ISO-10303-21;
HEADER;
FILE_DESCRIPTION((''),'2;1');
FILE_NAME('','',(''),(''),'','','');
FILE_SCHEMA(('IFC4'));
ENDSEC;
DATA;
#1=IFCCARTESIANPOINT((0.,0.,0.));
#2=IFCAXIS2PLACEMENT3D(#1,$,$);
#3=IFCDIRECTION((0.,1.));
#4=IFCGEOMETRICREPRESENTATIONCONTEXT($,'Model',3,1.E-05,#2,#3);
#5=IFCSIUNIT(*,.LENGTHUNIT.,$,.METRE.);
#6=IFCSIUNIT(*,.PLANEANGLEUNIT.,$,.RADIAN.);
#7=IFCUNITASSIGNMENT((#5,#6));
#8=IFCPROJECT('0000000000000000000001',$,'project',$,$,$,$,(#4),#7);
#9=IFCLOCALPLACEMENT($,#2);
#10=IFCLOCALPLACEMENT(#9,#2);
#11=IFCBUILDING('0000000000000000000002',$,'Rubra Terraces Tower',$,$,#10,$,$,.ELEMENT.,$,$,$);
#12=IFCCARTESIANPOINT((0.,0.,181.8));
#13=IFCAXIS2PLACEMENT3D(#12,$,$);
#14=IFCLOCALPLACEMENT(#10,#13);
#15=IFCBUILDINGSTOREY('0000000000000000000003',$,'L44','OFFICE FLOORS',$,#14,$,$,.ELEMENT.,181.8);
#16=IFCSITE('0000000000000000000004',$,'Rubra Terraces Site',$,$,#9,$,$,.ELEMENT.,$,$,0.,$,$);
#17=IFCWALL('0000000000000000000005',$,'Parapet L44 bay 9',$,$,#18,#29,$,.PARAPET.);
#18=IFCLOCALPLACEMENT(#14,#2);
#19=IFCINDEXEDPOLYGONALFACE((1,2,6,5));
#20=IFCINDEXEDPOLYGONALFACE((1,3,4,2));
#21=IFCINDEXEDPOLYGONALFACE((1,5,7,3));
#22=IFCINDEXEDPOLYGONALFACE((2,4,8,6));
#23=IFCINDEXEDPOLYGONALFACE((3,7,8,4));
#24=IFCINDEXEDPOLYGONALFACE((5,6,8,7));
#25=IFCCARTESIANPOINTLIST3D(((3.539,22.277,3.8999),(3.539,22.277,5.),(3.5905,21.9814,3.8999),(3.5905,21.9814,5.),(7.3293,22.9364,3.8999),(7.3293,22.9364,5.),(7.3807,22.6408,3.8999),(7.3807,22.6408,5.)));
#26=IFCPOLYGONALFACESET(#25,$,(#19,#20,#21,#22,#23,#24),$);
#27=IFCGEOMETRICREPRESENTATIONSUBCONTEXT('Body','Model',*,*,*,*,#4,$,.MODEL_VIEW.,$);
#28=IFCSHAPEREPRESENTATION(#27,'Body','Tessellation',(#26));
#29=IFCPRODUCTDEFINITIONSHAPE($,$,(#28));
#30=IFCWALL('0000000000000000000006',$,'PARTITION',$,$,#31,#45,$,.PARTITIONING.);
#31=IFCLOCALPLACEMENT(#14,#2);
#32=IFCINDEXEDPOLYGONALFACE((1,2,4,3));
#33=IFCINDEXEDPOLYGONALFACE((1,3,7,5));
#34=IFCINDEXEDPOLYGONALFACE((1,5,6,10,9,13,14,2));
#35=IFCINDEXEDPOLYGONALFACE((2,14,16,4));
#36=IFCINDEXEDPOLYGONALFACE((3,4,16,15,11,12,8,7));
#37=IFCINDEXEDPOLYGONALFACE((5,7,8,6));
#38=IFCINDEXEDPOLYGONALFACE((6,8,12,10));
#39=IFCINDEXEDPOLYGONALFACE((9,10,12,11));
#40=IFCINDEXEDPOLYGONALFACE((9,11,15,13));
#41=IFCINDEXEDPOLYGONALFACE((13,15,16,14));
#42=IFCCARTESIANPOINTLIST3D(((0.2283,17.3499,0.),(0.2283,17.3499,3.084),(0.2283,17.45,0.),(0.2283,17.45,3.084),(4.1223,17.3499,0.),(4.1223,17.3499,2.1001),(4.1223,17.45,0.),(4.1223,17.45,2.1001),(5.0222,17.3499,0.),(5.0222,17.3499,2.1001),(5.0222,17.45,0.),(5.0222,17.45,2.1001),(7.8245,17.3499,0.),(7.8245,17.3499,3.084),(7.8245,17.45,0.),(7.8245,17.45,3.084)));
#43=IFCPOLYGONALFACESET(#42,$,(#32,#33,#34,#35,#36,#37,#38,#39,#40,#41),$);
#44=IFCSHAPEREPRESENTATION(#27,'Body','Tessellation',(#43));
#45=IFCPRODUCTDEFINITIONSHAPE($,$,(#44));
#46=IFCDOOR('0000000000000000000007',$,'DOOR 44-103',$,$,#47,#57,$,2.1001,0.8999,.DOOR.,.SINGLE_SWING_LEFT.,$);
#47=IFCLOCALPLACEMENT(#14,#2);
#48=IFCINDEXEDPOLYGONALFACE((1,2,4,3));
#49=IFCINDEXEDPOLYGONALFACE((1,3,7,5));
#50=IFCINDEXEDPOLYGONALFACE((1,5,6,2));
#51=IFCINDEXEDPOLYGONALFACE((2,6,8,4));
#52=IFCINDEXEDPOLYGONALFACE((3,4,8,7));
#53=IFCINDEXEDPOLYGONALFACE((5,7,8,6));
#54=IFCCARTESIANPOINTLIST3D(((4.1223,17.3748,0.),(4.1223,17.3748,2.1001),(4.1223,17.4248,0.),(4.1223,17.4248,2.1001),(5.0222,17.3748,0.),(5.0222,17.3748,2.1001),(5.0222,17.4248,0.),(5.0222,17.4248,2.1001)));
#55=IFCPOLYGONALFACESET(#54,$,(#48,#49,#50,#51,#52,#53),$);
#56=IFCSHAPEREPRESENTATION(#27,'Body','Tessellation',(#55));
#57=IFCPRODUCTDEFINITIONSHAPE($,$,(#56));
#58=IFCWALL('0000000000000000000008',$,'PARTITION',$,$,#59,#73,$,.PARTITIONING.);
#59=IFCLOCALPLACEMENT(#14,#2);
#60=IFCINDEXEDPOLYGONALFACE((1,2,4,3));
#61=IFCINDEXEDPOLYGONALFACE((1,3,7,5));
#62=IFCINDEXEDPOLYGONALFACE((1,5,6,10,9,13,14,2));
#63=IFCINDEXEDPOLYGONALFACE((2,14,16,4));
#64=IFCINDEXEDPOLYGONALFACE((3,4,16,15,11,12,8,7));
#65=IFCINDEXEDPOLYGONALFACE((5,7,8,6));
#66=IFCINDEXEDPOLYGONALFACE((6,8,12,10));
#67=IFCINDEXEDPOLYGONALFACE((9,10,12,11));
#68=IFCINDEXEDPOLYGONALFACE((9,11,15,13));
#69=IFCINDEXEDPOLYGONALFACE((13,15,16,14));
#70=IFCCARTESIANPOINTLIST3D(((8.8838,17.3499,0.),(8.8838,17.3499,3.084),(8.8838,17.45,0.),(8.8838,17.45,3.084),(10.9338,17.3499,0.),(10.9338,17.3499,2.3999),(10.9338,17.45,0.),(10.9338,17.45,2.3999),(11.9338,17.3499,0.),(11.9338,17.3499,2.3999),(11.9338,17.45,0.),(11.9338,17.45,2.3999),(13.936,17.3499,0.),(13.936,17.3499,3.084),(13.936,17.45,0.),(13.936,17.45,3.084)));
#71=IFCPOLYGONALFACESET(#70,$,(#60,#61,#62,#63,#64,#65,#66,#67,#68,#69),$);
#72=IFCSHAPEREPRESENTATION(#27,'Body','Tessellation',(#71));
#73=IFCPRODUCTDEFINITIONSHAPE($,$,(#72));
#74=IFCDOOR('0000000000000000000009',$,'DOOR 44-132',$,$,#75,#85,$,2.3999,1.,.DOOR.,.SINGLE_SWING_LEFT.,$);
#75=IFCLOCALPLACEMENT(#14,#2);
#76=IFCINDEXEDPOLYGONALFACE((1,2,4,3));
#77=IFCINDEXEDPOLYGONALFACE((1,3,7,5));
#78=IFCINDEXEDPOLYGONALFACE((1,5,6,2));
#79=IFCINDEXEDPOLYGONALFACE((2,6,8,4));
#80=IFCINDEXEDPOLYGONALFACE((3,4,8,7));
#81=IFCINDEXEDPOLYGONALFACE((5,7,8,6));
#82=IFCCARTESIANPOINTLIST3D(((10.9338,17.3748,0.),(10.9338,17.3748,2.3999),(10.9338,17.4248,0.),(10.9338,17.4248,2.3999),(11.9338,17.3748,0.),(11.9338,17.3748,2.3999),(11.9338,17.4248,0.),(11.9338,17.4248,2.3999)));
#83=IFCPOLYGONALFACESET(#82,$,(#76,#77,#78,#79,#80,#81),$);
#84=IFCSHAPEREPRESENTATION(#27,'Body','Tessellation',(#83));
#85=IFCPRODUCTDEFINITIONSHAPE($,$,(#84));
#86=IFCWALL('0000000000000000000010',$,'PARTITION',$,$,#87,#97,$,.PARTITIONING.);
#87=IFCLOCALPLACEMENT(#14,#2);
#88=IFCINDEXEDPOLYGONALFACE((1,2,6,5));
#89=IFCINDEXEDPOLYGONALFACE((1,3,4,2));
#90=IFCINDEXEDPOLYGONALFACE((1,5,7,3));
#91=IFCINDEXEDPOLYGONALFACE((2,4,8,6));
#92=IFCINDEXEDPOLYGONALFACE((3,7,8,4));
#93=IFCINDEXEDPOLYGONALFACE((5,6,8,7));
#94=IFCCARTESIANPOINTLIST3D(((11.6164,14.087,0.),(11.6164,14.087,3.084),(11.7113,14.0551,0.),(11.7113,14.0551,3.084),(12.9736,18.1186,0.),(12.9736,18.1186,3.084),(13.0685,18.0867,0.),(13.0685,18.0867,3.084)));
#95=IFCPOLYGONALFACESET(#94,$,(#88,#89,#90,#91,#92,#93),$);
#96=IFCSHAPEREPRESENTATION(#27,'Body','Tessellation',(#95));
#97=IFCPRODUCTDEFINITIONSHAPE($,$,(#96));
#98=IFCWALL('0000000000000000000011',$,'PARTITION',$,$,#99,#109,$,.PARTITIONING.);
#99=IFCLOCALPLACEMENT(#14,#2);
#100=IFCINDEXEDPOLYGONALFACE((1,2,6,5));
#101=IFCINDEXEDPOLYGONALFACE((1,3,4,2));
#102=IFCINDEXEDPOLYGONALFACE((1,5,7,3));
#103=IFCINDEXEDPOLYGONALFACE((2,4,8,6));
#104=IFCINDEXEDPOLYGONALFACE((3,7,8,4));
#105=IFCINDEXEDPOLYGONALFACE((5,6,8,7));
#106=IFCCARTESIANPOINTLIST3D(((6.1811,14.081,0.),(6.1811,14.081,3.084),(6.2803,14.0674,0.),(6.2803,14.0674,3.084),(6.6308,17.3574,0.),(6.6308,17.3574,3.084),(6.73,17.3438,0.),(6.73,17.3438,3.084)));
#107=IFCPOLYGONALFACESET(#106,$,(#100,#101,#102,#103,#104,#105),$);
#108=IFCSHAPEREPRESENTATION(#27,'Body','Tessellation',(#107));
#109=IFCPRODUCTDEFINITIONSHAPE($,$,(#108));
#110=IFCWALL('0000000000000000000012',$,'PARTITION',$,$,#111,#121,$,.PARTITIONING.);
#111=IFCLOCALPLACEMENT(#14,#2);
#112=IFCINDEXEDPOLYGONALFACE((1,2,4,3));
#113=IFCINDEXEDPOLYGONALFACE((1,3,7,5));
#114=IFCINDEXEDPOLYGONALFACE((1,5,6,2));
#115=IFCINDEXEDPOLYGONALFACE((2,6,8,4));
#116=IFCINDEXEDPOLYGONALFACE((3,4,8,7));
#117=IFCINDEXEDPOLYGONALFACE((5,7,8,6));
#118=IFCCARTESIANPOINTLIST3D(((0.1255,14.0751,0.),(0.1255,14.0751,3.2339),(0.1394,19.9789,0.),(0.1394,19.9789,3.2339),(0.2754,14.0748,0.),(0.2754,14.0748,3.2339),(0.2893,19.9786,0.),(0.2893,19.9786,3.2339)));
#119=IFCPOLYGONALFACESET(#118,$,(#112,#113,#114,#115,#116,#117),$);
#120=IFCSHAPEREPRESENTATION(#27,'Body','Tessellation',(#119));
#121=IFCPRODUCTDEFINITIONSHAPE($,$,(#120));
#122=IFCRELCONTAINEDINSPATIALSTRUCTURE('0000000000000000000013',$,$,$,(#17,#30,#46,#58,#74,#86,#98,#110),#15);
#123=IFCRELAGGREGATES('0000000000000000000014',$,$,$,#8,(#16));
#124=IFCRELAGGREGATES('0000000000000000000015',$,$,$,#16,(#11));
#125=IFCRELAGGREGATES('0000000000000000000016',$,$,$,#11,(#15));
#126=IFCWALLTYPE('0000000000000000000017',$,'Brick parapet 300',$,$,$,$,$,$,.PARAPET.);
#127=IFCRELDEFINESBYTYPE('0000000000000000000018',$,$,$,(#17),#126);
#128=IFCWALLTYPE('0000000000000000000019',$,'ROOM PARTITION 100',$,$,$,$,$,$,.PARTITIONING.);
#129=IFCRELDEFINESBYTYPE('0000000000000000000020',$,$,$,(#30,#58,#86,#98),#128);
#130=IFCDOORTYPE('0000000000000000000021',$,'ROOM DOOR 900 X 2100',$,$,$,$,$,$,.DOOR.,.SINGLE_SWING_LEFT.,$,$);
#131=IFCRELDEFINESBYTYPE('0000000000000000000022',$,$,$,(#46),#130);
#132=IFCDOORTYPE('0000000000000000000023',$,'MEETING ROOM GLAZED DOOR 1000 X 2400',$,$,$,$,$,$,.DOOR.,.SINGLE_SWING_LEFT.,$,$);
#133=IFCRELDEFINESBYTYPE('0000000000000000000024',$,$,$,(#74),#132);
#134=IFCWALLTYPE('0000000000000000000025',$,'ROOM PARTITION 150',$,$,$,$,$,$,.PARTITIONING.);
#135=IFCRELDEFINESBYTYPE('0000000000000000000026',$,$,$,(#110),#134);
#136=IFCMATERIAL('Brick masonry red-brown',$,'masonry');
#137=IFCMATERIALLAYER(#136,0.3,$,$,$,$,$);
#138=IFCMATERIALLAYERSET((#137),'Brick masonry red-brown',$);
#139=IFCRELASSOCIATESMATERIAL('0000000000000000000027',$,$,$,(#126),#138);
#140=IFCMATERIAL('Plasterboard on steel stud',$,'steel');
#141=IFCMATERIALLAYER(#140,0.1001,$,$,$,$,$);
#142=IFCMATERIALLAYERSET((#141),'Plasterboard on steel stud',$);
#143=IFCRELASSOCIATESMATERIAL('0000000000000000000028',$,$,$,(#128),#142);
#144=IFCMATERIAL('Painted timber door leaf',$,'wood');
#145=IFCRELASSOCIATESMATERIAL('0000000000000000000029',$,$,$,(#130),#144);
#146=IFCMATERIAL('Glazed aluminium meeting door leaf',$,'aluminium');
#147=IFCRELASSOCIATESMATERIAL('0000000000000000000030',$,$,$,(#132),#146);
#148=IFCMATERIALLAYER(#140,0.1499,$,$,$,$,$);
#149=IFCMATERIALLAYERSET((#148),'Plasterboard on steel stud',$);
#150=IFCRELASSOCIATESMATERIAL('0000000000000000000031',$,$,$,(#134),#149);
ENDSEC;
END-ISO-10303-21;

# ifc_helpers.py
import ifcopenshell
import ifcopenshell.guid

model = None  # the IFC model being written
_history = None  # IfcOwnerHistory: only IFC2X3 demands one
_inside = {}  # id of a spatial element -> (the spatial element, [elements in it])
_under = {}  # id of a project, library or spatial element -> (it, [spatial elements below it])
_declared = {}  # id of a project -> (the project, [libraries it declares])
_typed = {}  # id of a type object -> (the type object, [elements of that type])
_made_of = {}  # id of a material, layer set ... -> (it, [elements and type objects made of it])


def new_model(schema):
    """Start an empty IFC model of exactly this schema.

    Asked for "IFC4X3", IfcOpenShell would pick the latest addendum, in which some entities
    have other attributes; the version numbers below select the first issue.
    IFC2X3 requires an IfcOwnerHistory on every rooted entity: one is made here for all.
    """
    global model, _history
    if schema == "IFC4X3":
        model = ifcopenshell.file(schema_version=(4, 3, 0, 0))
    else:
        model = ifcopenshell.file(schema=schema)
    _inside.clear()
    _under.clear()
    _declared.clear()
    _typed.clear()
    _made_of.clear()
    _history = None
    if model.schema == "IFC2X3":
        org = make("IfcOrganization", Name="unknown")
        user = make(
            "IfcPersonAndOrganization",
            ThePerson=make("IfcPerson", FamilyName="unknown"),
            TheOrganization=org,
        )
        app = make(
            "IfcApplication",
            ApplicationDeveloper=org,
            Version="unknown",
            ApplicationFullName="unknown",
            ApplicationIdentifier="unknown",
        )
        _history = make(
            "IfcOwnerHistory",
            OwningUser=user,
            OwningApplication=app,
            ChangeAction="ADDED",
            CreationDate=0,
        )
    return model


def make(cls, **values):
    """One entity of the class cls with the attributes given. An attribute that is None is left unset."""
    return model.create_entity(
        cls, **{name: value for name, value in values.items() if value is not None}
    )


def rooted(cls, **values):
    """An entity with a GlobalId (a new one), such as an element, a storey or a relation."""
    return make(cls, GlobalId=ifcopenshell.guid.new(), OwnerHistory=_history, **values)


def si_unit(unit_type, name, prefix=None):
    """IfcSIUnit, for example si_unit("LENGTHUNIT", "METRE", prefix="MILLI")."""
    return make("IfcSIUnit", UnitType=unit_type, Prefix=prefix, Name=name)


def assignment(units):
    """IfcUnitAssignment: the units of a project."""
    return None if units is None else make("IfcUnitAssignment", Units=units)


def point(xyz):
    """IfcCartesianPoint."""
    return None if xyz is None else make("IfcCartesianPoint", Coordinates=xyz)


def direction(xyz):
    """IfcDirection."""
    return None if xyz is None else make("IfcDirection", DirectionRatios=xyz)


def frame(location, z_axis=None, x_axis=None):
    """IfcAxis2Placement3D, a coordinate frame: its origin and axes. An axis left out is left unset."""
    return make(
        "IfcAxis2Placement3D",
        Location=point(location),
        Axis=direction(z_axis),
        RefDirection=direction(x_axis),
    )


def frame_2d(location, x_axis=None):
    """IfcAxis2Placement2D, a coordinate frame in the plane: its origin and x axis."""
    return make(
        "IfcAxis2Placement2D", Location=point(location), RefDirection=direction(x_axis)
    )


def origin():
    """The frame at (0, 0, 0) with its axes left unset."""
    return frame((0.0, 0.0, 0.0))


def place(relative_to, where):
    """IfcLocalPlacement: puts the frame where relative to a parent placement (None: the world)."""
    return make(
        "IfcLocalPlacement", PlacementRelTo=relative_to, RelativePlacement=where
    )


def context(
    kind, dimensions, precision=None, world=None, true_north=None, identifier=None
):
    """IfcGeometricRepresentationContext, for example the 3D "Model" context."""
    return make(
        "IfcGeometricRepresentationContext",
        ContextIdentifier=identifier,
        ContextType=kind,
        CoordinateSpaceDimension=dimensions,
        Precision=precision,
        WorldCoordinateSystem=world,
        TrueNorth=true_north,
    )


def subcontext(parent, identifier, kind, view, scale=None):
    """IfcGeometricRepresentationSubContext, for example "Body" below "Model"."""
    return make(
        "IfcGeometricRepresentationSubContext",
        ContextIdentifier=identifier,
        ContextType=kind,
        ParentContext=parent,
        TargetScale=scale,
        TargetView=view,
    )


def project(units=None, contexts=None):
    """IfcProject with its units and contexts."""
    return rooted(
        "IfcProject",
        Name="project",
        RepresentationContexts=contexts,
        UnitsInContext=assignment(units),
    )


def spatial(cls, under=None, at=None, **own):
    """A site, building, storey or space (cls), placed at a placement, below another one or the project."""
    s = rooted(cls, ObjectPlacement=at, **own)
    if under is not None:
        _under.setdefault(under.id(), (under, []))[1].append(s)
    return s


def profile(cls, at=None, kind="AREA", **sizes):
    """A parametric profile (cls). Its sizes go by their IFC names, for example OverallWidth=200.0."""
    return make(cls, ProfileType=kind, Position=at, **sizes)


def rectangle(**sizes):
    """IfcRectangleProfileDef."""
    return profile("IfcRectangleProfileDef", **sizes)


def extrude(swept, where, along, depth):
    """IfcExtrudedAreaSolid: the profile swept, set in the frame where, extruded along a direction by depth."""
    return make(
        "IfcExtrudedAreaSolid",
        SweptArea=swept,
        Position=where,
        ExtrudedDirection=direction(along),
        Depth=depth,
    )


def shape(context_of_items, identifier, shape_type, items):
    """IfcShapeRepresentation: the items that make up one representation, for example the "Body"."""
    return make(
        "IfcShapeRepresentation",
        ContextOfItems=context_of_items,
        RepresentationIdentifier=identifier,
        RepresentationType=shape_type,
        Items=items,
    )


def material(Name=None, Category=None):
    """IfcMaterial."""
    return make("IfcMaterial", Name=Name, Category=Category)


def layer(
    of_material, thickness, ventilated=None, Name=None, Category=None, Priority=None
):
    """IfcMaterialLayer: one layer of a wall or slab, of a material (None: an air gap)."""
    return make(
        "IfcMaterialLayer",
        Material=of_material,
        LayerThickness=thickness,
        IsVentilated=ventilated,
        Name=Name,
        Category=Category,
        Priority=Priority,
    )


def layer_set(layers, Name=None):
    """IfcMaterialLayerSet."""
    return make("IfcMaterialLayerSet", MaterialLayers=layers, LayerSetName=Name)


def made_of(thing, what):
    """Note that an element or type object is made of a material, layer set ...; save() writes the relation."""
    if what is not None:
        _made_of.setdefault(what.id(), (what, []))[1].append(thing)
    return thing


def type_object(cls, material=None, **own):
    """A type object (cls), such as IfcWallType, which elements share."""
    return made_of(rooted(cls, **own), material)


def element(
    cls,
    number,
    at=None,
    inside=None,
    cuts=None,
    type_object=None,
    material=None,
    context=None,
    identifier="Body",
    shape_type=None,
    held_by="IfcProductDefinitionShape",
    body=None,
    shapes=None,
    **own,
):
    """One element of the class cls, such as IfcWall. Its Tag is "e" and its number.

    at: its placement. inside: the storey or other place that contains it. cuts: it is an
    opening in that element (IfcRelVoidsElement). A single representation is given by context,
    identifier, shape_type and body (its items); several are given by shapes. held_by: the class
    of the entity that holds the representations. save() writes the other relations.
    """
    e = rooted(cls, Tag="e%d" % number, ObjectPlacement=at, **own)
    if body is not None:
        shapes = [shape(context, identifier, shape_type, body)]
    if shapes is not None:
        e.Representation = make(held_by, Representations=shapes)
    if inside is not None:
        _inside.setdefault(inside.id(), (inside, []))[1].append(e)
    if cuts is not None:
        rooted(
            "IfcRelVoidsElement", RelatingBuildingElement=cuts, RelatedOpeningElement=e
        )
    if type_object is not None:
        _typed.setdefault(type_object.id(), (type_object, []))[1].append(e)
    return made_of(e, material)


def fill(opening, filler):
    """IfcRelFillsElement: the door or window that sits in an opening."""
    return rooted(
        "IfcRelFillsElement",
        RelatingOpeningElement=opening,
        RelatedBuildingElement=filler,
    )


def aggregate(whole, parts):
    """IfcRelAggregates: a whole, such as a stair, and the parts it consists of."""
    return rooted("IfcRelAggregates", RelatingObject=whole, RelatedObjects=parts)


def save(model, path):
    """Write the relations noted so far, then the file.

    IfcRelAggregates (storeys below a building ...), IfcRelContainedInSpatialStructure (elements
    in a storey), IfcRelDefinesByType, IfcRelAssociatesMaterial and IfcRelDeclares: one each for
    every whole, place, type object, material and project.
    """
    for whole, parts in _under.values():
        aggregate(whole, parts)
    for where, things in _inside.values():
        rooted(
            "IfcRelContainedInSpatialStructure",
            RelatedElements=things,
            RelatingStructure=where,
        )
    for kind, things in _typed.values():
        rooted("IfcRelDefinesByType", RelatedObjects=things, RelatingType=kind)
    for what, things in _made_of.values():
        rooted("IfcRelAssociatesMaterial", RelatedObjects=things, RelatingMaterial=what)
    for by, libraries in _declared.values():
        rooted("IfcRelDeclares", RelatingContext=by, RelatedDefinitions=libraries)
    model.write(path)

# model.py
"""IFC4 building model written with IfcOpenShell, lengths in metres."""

from ifc_helpers import new_model, si_unit, direction, frame, frame_2d, origin, place, context, subcontext, project, spatial, rectangle, extrude, material, layer, layer_set, type_object, element, fill, save


model = new_model("IFC4")

# Units and contexts
model_context = context("Model", 3, precision=1e-05, world=origin(), true_north=direction((0.0, 1.0)))
body_context = subcontext(model_context, "Body", "Model", "MODEL_VIEW")
ifc_project = project(units=[si_unit("LENGTHUNIT", "METRE"), si_unit("PLANEANGLEUNIT", "RADIAN")], contexts=[model_context])

# Site, building, storey
site_placement = place(None, origin())
site = spatial("IfcSite", under=ifc_project, at=site_placement, Name="Rubra Terraces Site", CompositionType="ELEMENT", RefElevation=0.0)
building_placement = place(site_placement, origin())
building = spatial("IfcBuilding", under=site, at=building_placement, Name="Rubra Terraces Tower", CompositionType="ELEMENT")
storey_placement = place(building_placement, frame((0.0, 0.0, 181.8)))
storey = spatial("IfcBuildingStorey", under=building, at=storey_placement, Name="L44", Description="OFFICE FLOORS", CompositionType="ELEMENT", Elevation=181.8)

# Shared definitions
ifc_material_1 = material(Name="Brick masonry red-brown", Category="masonry")

# Wall
ifc_layer_1 = layer(ifc_material_1, 0.3)
ifc_layer_set_1 = layer_set([ifc_layer_1], Name="Brick masonry red-brown")
wall_type_1 = type_object("IfcWallType", Name="Brick parapet 300", PredefinedType="PARAPET", material=ifc_layer_set_1)
wall_1_placement = place(storey_placement, frame((7.355, 22.7886, 3.8999), z_axis=(0.0, 0.0, 1.0), x_axis=(-0.985201, -0.171403, 0.0)))
element("IfcWall", 1, at=wall_1_placement, inside=storey, type_object=wall_type_1, Name="Parapet L44 bay 9", PredefinedType="PARAPET", context=body_context, shape_type="SweptSolid", body=[
    extrude(rectangle(XDim=3.8472, YDim=0.3, at=frame_2d((1.9236, 0.0))), origin(), (0.0, 0.0, 1.0), 1.1001),
])

# Walls, openings, doors
ifc_material_2 = material(Name="Plasterboard on steel stud", Category="steel")
ifc_layer_2 = layer(ifc_material_2, 0.1001)
ifc_layer_set_2 = layer_set([ifc_layer_2], Name="Plasterboard on steel stud")
wall_type_2 = type_object("IfcWallType", Name="ROOM PARTITION 100", PredefinedType="PARTITIONING", material=ifc_layer_set_2)
wall_2_placement = place(storey_placement, frame((0.2283, 17.3999, 0.0), z_axis=(0.0, 0.0, 1.0), x_axis=(1.0, 0.0, 0.0)))
wall_2 = element("IfcWall", 2, at=wall_2_placement, inside=storey, type_object=wall_type_2, Name="PARTITION", PredefinedType="PARTITIONING", context=body_context, shape_type="SweptSolid", body=[
    extrude(rectangle(XDim=7.5962, YDim=0.1001, at=frame_2d((3.7981, 0.0))), origin(), (0.0, 0.0, 1.0), 3.084),
])
opening_1_placement = place(wall_2_placement, frame((3.894, 0.0, 0.0)))
opening_1 = element("IfcOpeningElement", 3, at=opening_1_placement, cuts=wall_2, PredefinedType="OPENING", context=body_context, shape_type="SweptSolid", body=[
    extrude(rectangle(XDim=0.8999, YDim=2.1001, at=frame_2d((0.45, 1.05))), frame((0.0, 0.0601, 0.0), z_axis=(0.0, -1.0, 0.0), x_axis=(1.0, 0.0, 0.0)), (0.0, 0.0, 1.0), 0.1201),
])
ifc_material_3 = material(Name="Painted timber door leaf", Category="wood")
door_type_1 = type_object("IfcDoorType", Name="ROOM DOOR 900 X 2100", OperationType="SINGLE_SWING_LEFT", PredefinedType="DOOR", material=ifc_material_3)
door_1_placement = place(opening_1_placement, origin())
door_1 = element("IfcDoor", 4, at=door_1_placement, inside=storey, type_object=door_type_1, Name="DOOR 44-103", OperationType="SINGLE_SWING_LEFT", OverallHeight=2.1001, OverallWidth=0.8999, PredefinedType="DOOR", context=body_context, shape_type="SweptSolid", body=[
    extrude(rectangle(XDim=0.8999, YDim=2.1001, at=frame_2d((0.45, 1.05))), frame((0.0, 0.0249, 0.0), z_axis=(0.0, -1.0, 0.0), x_axis=(1.0, 0.0, 0.0)), (0.0, 0.0, 1.0), 0.05),
])
fill(opening_1, door_1)
wall_3_placement = place(storey_placement, frame((8.8838, 17.3999, 0.0), z_axis=(0.0, 0.0, 1.0), x_axis=(1.0, 0.0, 0.0)))
wall_3 = element("IfcWall", 5, at=wall_3_placement, inside=storey, type_object=wall_type_2, Name="PARTITION", PredefinedType="PARTITIONING", context=body_context, shape_type="SweptSolid", body=[
    extrude(rectangle(XDim=5.0522, YDim=0.1001, at=frame_2d((2.5261, 0.0))), origin(), (0.0, 0.0, 1.0), 3.084),
])
opening_2_placement = place(wall_3_placement, frame((2.05, 0.0, 0.0)))
opening_2 = element("IfcOpeningElement", 6, at=opening_2_placement, cuts=wall_3, PredefinedType="OPENING", context=body_context, shape_type="SweptSolid", body=[
    extrude(rectangle(XDim=1.0, YDim=2.3999, at=frame_2d((0.5, 1.2))), frame((0.0, 0.0601, 0.0), z_axis=(0.0, -1.0, 0.0), x_axis=(1.0, 0.0, 0.0)), (0.0, 0.0, 1.0), 0.1201),
])
ifc_material_4 = material(Name="Glazed aluminium meeting door leaf", Category="aluminium")
door_type_2 = type_object("IfcDoorType", Name="MEETING ROOM GLAZED DOOR 1000 X 2400", OperationType="SINGLE_SWING_LEFT", PredefinedType="DOOR", material=ifc_material_4)
door_2_placement = place(opening_2_placement, origin())
door_2 = element("IfcDoor", 7, at=door_2_placement, inside=storey, type_object=door_type_2, Name="DOOR 44-132", OperationType="SINGLE_SWING_LEFT", OverallHeight=2.3999, OverallWidth=1.0, PredefinedType="DOOR", context=body_context, shape_type="SweptSolid", body=[
    extrude(rectangle(XDim=1.0, YDim=2.3999, at=frame_2d((0.5, 1.2))), frame((0.0, 0.0249, 0.0), z_axis=(0.0, -1.0, 0.0), x_axis=(1.0, 0.0, 0.0)), (0.0, 0.0, 1.0), 0.05),
])
fill(opening_2, door_2)

# Walls
wall_4_placement = place(storey_placement, frame((11.6638, 14.071, 0.0), z_axis=(0.0, 0.0, 1.0), x_axis=(0.31905, 0.947738, 0.0)))
element("IfcWall", 8, at=wall_4_placement, inside=storey, type_object=wall_type_2, Name="PARTITION", PredefinedType="PARTITIONING", context=body_context, shape_type="SweptSolid", body=[
    extrude(rectangle(XDim=4.2539, YDim=0.1001, at=frame_2d((2.127, 0.0))), origin(), (0.0, 0.0, 1.0), 3.084),
])
wall_5_placement = place(storey_placement, frame((6.2307, 14.0742, 0.0), z_axis=(0.0, 0.0, 1.0), x_axis=(0.135983, 0.990711, 0.0)))
element("IfcWall", 9, at=wall_5_placement, inside=storey, type_object=wall_type_2, Name="PARTITION", PredefinedType="PARTITIONING", context=body_context, shape_type="SweptSolid", body=[
    extrude(rectangle(XDim=3.3071, YDim=0.1001, at=frame_2d((1.6536, 0.0))), origin(), (0.0, 0.0, 1.0), 3.084),
])
ifc_layer_3 = layer(ifc_material_2, 0.1499)
ifc_layer_set_3 = layer_set([ifc_layer_3], Name="Plasterboard on steel stud")
wall_type_3 = type_object("IfcWallType", Name="ROOM PARTITION 150", PredefinedType="PARTITIONING", material=ifc_layer_set_3)
wall_6_placement = place(storey_placement, frame((0.2144, 19.9788, 0.0), z_axis=(0.0, 0.0, 1.0), x_axis=(-0.002357, -0.999997, 0.0)))
element("IfcWall", 10, at=wall_6_placement, inside=storey, type_object=wall_type_3, Name="PARTITION", PredefinedType="PARTITIONING", context=body_context, shape_type="SweptSolid", body=[
    extrude(rectangle(XDim=5.9038, YDim=0.1499, at=frame_2d((2.9519, 0.0))), origin(), (0.0, 0.0, 1.0), 3.2339),
])

save(model, "model.ifc")
